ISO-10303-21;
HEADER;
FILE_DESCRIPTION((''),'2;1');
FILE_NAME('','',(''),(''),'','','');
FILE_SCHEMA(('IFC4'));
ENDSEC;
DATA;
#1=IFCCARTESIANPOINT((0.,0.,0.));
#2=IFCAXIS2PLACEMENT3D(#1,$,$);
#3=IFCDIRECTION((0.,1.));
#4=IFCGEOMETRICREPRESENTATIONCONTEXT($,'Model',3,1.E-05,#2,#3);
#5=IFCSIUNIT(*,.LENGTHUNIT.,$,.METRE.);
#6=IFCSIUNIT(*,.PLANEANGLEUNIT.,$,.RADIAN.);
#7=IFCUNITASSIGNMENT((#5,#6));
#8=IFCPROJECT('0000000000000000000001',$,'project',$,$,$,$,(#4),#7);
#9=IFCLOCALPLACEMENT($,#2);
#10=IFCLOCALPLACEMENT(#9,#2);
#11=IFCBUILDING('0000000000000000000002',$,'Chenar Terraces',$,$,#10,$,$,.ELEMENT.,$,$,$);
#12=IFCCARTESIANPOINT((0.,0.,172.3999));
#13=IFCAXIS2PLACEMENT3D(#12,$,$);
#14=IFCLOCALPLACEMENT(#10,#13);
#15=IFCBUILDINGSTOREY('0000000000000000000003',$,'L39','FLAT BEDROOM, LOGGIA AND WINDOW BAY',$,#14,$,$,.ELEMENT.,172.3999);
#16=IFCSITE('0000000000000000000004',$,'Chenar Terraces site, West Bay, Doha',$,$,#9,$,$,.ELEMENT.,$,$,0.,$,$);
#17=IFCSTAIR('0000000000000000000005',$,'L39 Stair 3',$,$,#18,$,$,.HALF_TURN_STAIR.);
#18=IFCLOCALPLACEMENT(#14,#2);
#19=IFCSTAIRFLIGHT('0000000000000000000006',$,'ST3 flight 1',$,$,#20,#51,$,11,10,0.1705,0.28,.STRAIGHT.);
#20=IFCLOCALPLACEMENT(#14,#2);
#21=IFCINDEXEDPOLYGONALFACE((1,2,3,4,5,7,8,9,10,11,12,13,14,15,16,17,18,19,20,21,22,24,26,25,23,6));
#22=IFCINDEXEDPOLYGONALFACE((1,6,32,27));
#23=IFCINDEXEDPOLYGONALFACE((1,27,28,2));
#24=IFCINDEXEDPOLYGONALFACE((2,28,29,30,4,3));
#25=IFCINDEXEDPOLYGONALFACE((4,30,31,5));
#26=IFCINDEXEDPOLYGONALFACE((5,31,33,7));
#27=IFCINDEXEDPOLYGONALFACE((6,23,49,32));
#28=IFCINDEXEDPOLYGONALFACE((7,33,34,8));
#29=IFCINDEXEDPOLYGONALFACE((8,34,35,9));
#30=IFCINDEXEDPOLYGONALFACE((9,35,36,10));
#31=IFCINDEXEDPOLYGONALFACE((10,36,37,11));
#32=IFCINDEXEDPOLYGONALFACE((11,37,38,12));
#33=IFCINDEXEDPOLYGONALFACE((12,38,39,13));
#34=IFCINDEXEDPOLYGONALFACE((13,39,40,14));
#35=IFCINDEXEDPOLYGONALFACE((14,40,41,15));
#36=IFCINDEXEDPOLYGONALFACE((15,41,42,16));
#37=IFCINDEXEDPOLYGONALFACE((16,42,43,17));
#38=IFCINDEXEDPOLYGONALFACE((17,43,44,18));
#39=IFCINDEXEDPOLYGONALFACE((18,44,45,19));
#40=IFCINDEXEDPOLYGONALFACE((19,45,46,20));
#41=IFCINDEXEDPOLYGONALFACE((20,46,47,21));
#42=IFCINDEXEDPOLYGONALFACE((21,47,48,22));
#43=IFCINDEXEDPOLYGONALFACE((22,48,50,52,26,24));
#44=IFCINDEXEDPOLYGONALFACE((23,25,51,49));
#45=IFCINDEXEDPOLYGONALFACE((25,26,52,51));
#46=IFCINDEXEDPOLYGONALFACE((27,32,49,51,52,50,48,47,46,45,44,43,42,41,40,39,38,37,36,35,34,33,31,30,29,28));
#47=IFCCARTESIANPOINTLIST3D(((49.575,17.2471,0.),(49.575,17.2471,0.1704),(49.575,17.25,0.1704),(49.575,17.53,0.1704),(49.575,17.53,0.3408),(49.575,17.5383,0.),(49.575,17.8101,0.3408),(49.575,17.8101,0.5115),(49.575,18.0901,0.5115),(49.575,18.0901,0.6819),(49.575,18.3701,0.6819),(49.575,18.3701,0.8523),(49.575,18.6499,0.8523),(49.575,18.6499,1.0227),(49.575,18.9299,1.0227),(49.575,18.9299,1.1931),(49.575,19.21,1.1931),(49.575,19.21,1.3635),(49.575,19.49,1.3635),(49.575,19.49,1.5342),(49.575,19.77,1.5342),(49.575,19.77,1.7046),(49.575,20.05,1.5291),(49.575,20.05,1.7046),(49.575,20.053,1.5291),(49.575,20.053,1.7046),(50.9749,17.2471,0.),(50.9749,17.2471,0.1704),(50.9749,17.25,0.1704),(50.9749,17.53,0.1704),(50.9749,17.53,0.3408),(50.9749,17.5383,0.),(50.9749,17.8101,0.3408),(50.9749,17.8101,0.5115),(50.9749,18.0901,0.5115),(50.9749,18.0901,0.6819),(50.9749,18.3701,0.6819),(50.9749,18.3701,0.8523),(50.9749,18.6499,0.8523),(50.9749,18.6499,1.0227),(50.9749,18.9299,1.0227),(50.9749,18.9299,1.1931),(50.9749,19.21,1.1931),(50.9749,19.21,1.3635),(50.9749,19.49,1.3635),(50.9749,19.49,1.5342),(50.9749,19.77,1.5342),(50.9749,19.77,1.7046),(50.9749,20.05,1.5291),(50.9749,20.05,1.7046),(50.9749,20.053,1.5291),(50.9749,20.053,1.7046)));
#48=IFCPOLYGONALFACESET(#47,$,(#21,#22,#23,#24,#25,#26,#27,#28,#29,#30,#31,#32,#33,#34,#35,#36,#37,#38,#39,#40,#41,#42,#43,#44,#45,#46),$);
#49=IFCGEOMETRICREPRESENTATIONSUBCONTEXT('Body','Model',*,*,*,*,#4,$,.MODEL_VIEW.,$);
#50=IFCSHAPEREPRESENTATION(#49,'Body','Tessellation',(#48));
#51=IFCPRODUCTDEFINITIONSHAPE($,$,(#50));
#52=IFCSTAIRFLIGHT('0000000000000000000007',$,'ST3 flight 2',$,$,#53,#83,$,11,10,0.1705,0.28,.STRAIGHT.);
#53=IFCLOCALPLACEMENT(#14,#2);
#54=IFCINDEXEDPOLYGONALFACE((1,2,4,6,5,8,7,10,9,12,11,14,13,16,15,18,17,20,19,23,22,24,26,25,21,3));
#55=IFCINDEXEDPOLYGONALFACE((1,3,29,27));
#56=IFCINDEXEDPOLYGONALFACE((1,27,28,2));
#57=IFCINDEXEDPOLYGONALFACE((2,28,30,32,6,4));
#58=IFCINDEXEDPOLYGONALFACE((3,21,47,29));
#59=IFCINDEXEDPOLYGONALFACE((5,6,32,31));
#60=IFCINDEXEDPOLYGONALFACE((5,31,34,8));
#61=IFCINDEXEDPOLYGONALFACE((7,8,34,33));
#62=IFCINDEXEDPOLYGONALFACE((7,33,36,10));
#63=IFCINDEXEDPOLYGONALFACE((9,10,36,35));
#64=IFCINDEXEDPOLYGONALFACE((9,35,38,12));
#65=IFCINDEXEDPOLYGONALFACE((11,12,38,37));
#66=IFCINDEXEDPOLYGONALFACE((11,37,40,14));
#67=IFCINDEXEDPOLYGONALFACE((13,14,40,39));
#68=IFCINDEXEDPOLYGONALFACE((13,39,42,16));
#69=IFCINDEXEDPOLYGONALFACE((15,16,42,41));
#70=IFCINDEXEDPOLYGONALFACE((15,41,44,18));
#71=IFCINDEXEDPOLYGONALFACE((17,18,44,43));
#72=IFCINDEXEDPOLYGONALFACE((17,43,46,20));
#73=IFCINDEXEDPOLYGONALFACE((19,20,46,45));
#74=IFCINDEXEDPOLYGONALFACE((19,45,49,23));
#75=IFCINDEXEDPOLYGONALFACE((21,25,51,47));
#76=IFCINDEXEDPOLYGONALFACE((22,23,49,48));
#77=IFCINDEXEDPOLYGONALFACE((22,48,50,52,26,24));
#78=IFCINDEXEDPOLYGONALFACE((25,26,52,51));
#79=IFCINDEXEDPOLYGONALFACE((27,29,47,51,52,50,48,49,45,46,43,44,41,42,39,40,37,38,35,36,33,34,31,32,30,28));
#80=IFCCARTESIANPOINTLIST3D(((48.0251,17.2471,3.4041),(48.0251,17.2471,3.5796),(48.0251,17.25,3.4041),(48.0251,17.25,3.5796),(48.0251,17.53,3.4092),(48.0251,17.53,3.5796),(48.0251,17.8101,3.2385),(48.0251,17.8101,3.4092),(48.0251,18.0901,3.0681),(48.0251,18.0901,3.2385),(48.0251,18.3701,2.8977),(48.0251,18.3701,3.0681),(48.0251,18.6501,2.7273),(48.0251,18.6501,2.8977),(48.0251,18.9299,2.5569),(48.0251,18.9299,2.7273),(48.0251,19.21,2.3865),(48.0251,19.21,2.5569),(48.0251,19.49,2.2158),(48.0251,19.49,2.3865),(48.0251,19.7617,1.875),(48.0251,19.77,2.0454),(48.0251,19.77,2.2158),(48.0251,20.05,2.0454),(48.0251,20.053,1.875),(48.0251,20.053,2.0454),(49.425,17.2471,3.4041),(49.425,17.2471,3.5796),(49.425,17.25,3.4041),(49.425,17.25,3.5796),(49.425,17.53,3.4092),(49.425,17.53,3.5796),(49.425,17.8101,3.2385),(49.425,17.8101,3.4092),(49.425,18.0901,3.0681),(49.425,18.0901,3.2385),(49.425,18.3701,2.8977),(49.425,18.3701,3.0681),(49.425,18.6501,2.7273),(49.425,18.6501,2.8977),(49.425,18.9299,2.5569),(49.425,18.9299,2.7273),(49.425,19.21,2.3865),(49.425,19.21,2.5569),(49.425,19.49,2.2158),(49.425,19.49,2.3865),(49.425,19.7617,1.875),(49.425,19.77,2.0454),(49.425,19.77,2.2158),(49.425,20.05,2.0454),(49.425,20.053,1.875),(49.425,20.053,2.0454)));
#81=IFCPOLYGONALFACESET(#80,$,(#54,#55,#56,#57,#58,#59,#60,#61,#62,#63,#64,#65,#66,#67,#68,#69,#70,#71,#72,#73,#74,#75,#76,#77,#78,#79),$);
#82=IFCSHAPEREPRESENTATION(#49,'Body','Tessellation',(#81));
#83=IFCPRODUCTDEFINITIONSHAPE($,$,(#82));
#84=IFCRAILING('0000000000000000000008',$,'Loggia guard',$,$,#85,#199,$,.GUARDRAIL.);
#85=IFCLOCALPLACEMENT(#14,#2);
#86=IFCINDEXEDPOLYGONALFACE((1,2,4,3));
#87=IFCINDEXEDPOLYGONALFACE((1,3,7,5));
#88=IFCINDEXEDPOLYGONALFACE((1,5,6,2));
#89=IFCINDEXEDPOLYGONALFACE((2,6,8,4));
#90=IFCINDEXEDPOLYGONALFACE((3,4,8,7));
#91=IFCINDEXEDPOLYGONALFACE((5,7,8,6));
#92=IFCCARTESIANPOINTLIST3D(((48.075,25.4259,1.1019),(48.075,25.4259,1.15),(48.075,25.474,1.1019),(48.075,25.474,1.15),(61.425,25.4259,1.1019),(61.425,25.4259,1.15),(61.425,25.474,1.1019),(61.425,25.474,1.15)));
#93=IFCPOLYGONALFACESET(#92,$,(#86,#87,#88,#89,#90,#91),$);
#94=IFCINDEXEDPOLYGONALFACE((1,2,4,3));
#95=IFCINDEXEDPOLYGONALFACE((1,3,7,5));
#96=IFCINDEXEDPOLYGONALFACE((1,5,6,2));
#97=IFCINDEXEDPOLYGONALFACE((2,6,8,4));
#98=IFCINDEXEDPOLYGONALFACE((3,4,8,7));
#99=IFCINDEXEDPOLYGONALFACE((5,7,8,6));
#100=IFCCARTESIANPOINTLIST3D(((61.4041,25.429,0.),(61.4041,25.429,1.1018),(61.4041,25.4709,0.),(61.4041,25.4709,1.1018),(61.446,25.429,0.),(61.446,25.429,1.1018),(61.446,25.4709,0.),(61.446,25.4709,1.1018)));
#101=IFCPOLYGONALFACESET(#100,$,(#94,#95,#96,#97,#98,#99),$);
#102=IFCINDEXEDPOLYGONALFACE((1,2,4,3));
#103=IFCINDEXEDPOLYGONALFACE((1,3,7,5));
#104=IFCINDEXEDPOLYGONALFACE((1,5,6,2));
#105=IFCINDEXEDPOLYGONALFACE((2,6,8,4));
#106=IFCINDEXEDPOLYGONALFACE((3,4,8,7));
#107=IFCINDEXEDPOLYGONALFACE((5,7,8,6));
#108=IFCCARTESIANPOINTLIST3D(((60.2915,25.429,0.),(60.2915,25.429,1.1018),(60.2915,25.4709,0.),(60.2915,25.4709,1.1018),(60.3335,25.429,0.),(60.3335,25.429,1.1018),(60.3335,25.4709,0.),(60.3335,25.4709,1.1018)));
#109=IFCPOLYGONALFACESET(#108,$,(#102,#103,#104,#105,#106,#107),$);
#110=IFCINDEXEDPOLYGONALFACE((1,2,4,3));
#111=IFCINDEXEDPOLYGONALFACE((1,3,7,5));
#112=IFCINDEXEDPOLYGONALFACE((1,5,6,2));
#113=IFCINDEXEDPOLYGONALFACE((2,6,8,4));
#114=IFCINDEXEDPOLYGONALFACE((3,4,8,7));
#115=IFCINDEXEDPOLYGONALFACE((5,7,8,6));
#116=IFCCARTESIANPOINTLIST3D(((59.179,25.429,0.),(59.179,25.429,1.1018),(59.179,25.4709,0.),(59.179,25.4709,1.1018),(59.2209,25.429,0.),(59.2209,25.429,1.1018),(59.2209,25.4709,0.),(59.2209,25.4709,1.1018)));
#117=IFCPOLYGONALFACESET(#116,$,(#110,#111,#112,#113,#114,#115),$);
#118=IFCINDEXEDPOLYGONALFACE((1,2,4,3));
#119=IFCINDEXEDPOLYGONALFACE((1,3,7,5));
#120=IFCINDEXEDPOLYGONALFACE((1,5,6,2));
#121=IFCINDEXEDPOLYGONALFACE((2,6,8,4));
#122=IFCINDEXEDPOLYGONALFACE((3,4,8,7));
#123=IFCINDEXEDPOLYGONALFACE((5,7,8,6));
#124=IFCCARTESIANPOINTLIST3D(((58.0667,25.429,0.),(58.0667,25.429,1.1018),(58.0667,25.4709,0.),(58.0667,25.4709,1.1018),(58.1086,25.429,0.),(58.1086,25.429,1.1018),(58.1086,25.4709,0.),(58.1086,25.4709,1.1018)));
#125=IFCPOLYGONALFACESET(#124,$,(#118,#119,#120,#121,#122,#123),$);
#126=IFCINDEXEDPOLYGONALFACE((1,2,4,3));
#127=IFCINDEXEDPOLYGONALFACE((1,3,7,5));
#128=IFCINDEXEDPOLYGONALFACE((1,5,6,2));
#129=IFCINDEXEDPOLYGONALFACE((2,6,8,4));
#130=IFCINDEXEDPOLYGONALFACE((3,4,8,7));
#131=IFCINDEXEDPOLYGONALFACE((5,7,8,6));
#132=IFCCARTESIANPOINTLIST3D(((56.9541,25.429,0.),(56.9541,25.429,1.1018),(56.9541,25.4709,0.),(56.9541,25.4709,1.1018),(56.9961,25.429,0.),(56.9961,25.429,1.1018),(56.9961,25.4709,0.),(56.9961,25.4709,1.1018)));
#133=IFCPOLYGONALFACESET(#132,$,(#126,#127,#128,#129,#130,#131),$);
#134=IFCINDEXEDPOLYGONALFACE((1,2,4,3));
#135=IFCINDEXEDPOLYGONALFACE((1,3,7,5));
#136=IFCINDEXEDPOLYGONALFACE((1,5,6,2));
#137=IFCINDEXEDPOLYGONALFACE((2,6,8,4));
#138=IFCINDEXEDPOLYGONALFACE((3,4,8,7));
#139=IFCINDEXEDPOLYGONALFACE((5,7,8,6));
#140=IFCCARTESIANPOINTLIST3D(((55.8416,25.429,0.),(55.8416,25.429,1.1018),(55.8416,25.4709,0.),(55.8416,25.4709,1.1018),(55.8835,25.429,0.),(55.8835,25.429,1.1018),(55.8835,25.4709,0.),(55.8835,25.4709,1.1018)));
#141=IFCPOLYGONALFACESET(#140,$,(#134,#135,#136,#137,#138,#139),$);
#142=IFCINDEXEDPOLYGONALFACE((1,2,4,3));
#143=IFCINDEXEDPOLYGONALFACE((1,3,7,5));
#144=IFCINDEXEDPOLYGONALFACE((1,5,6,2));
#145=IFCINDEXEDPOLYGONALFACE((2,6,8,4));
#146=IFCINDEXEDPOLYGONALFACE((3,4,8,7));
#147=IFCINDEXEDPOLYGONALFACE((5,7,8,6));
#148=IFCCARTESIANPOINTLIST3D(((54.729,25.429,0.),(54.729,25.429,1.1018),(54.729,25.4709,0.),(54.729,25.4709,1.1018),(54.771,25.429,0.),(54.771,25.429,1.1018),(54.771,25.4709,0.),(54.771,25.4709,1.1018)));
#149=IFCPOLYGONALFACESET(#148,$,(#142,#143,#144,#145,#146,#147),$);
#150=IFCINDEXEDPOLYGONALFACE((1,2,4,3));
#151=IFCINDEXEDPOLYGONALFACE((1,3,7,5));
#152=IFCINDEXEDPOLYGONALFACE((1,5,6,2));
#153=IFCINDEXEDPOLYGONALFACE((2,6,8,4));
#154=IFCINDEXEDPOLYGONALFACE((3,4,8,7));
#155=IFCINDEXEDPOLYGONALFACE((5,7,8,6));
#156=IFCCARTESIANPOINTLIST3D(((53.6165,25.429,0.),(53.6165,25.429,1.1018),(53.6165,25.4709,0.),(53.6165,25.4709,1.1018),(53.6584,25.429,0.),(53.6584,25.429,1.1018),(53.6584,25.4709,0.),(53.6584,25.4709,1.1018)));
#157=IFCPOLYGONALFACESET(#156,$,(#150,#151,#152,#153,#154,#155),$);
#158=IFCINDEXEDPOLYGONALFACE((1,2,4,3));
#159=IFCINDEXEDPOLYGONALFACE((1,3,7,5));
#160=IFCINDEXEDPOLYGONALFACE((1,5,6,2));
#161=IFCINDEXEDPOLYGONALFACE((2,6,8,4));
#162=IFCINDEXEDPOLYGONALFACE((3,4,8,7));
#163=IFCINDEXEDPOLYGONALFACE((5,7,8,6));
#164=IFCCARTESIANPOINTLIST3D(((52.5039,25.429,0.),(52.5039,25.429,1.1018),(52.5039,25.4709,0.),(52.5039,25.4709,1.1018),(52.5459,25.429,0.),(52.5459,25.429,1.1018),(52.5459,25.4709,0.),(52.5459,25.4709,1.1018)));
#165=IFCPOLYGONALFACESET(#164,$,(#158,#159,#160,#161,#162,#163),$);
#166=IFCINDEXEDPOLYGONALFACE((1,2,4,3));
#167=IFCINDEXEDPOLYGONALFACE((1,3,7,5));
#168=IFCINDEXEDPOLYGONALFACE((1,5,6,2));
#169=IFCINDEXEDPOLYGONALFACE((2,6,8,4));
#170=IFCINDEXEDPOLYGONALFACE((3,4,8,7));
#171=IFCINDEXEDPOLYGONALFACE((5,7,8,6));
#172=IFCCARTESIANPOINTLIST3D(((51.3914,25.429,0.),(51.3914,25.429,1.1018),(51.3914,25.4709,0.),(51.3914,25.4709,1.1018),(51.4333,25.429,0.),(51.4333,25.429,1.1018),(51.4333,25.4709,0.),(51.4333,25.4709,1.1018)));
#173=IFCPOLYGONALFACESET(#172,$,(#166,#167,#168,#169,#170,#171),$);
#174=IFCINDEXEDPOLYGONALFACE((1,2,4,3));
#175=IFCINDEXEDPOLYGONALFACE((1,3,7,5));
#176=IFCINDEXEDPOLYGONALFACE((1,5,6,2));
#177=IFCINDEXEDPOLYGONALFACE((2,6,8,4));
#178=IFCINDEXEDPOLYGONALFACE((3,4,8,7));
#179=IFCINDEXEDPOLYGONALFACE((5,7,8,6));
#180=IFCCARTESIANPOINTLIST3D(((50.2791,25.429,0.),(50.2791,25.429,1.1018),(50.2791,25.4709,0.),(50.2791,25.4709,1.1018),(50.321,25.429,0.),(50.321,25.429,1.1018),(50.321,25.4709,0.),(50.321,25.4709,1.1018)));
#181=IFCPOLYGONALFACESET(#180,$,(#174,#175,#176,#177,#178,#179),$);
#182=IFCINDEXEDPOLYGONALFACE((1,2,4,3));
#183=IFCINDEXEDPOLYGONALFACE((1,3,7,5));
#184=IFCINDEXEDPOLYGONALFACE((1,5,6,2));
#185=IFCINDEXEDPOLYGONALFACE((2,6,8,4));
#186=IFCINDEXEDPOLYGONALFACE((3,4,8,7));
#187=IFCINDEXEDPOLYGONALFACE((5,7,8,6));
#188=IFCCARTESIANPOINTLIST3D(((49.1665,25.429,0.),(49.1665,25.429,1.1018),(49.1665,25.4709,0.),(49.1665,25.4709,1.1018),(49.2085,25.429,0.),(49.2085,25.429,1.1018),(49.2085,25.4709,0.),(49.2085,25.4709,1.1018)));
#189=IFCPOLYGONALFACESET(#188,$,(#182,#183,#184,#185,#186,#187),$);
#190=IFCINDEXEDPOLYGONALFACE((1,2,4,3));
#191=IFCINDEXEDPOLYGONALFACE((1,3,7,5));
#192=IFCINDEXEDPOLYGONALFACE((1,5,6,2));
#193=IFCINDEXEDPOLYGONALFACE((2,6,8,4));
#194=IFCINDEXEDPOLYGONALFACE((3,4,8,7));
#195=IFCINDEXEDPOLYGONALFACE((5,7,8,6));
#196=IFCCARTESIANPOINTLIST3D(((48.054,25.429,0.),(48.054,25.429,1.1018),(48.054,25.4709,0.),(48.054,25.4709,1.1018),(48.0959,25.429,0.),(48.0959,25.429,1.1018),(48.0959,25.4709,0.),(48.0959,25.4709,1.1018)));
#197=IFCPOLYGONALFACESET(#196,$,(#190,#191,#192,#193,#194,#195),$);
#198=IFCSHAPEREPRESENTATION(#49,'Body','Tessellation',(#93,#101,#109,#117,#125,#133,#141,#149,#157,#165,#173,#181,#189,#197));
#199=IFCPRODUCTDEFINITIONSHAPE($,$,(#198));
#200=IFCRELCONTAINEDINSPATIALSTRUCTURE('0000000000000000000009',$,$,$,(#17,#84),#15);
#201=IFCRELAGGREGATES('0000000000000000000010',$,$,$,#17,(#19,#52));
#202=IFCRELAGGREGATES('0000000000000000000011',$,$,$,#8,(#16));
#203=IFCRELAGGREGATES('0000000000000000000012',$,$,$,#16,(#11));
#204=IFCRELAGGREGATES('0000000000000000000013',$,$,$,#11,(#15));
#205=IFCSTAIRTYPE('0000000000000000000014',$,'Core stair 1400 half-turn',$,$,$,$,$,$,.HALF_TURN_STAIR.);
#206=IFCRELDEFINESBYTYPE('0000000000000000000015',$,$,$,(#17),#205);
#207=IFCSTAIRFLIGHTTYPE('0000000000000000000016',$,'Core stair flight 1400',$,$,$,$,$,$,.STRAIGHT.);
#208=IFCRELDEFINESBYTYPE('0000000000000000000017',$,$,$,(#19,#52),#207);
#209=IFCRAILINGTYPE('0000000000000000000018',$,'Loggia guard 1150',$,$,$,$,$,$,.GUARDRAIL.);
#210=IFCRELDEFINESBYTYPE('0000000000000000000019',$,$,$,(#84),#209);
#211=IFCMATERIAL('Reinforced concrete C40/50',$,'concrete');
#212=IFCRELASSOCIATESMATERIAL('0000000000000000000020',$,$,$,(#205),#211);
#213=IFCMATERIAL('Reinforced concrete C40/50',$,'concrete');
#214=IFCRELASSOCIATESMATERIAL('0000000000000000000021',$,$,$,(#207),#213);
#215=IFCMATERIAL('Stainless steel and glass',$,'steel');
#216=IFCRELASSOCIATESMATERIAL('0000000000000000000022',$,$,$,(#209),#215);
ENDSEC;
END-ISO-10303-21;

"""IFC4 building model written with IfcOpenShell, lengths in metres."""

from ifc_helpers import new_model, si_unit, direction, frame, origin, origin_2d, place, context, subcontext, project, spatial, polyline, rectangle, outline, extrude, material, type_object, element, aggregate, save


model = new_model("IFC4")

# Units and contexts
model_context = context("Model", 3, precision=1e-05, world=origin(), true_north=direction((0.0, 1.0)))
body_context = subcontext(model_context, "Body", "Model", "MODEL_VIEW")
ifc_project = project(units=[si_unit("LENGTHUNIT", "METRE"), si_unit("PLANEANGLEUNIT", "RADIAN")], contexts=[model_context])

# Site, building, storey
site_placement = place(None, origin())
site = spatial("IfcSite", under=ifc_project, at=site_placement, Name="Chenar Terraces site, West Bay, Doha", CompositionType="ELEMENT", RefElevation=0.0)
building_placement = place(site_placement, origin())
building = spatial("IfcBuilding", under=site, at=building_placement, Name="Chenar Terraces", CompositionType="ELEMENT")
storey_placement = place(building_placement, frame((0.0, 0.0, 172.3999)))
storey = spatial("IfcBuildingStorey", under=building, at=storey_placement, Name="L39", Description="FLAT BEDROOM, LOGGIA AND WINDOW BAY", CompositionType="ELEMENT", Elevation=172.3999)

# Stair, stair flights
ifc_material_1 = material(Name="Reinforced concrete C40/50", Category="concrete")
stair_type = type_object("IfcStairType", Name="Core stair 1400 half-turn", PredefinedType="HALF_TURN_STAIR", material=ifc_material_1)
stair_placement = place(storey_placement, origin())
stair = element("IfcStair", 1, at=stair_placement, inside=storey, type_object=stair_type, Name="L39 Stair 3", PredefinedType="HALF_TURN_STAIR")
ifc_material_2 = material(Name="Reinforced concrete C40/50", Category="concrete")
stair_flight_type = type_object("IfcStairFlightType", Name="Core stair flight 1400", PredefinedType="STRAIGHT", material=ifc_material_2)
stair_flight_1_placement = place(storey_placement, frame((50.2749, 17.25, 0.0), z_axis=(0.0, 0.0, 1.0), x_axis=(0.0, 1.0, 0.0)))
stair_flight_1 = element("IfcStairFlight", 2, at=stair_flight_1_placement, type_object=stair_flight_type, Name="ST3 flight 1", NumberOfRisers=11, NumberOfTreads=10, PredefinedType="STRAIGHT", RiserHeight=0.1705, TreadLength=0.28, context=body_context, shape_type="SweptSolid", body=[
    extrude(outline(polyline([(-0.0029, 0.0), (-0.0029, 0.1704), (0.0, 0.1704), (0.28, 0.1704), (0.28, 0.3408), (0.5601, 0.3408), (0.5601, 0.5115), (0.8401, 0.5115), (0.8401, 0.6819), (1.1201, 0.6819), (1.1201, 0.8523), (1.3999, 0.8523), (1.3999, 1.0227), (1.6799, 1.0227), (1.6799, 1.1931), (1.96, 1.1931), (1.96, 1.3635), (2.24, 1.3635), (2.24, 1.5342), (2.52, 1.5342), (2.52, 1.7046), (2.8, 1.7046), (2.803, 1.7046), (2.803, 1.5291), (2.8, 1.5291), (0.2883, 0.0), (-0.0029, 0.0)])), frame((0.0, 0.7, 0.0), z_axis=(0.0, -1.0, 0.0), x_axis=(1.0, 0.0, 0.0)), (0.0, 0.0, 1.0), 1.3999),
])
stair_flight_2_placement = place(storey_placement, frame((48.7251, 20.05, 1.875), z_axis=(0.0, 0.0, 1.0), x_axis=(0.0, -1.0, 0.0)))
stair_flight_2 = element("IfcStairFlight", 3, at=stair_flight_2_placement, type_object=stair_flight_type, Name="ST3 flight 2", NumberOfRisers=11, NumberOfTreads=10, PredefinedType="STRAIGHT", RiserHeight=0.1705, TreadLength=0.28, context=body_context, shape_type="SweptSolid", body=[
    extrude(outline(polyline([(-0.0029, 0.0), (-0.0029, 0.1704), (0.0, 0.1704), (0.28, 0.1704), (0.28, 0.3408), (0.5601, 0.3408), (0.5601, 0.5115), (0.8401, 0.5115), (0.8401, 0.6819), (1.1201, 0.6819), (1.1201, 0.8523), (1.3999, 0.8523), (1.3999, 1.0227), (1.6799, 1.0227), (1.6799, 1.1931), (1.96, 1.1931), (1.96, 1.3635), (2.24, 1.3635), (2.24, 1.5342), (2.52, 1.5342), (2.52, 1.7046), (2.8, 1.7046), (2.803, 1.7046), (2.803, 1.5291), (2.8, 1.5291), (0.2883, 0.0), (-0.0029, 0.0)])), frame((0.0, 0.7, 0.0), z_axis=(0.0, -1.0, 0.0), x_axis=(1.0, 0.0, 0.0)), (0.0, 0.0, 1.0), 1.3999),
])
aggregate(stair, [stair_flight_1, stair_flight_2])

# Railing
ifc_material_3 = material(Name="Stainless steel and glass", Category="steel")
railing_type_1 = type_object("IfcRailingType", Name="Loggia guard 1150", PredefinedType="GUARDRAIL", material=ifc_material_3)
railing_1_placement = place(storey_placement, frame((61.425, 25.45, 0.0)))
element("IfcRailing", 4, at=railing_1_placement, inside=storey, type_object=railing_type_1, Name="Loggia guard", PredefinedType="GUARDRAIL", context=body_context, shape_type="SweptSolid", body=[
    extrude(rectangle(XDim=0.0481, YDim=0.0481, at=origin_2d()), frame((0.0, 0.0, 1.126), z_axis=(-1.0, 0.0, 0.0), x_axis=(0.0, -1.0, 0.0)), (0.0, 0.0, 1.0), 13.3501),
    extrude(rectangle(XDim=0.042, YDim=0.042, at=origin_2d()), origin(), (0.0, 0.0, 1.0), 1.1018),
    extrude(rectangle(XDim=0.042, YDim=0.042, at=origin_2d()), frame((-1.1125, 0.0, 0.0)), (0.0, 0.0, 1.0), 1.1018),
    extrude(rectangle(XDim=0.042, YDim=0.042, at=origin_2d()), frame((-2.2251, 0.0, 0.0)), (0.0, 0.0, 1.0), 1.1018),
    extrude(rectangle(XDim=0.042, YDim=0.042, at=origin_2d()), frame((-3.3374, 0.0, 0.0)), (0.0, 0.0, 1.0), 1.1018),
    extrude(rectangle(XDim=0.042, YDim=0.042, at=origin_2d()), frame((-4.45, 0.0, 0.0)), (0.0, 0.0, 1.0), 1.1018),
    extrude(rectangle(XDim=0.042, YDim=0.042, at=origin_2d()), frame((-5.5625, 0.0, 0.0)), (0.0, 0.0, 1.0), 1.1018),
    extrude(rectangle(XDim=0.042, YDim=0.042, at=origin_2d()), frame((-6.675, 0.0, 0.0)), (0.0, 0.0, 1.0), 1.1018),
    extrude(rectangle(XDim=0.042, YDim=0.042, at=origin_2d()), frame((-7.7876, 0.0, 0.0)), (0.0, 0.0, 1.0), 1.1018),
    extrude(rectangle(XDim=0.042, YDim=0.042, at=origin_2d()), frame((-8.9001, 0.0, 0.0)), (0.0, 0.0, 1.0), 1.1018),
    extrude(rectangle(XDim=0.042, YDim=0.042, at=origin_2d()), frame((-10.0127, 0.0, 0.0)), (0.0, 0.0, 1.0), 1.1018),
    extrude(rectangle(XDim=0.042, YDim=0.042, at=origin_2d()), frame((-11.125, 0.0, 0.0)), (0.0, 0.0, 1.0), 1.1018),
    extrude(rectangle(XDim=0.042, YDim=0.042, at=origin_2d()), frame((-12.2375, 0.0, 0.0)), (0.0, 0.0, 1.0), 1.1018),
    extrude(rectangle(XDim=0.042, YDim=0.042, at=origin_2d()), frame((-13.3501, 0.0, 0.0)), (0.0, 0.0, 1.0), 1.1018),
])

save(model, "model.ifc")
